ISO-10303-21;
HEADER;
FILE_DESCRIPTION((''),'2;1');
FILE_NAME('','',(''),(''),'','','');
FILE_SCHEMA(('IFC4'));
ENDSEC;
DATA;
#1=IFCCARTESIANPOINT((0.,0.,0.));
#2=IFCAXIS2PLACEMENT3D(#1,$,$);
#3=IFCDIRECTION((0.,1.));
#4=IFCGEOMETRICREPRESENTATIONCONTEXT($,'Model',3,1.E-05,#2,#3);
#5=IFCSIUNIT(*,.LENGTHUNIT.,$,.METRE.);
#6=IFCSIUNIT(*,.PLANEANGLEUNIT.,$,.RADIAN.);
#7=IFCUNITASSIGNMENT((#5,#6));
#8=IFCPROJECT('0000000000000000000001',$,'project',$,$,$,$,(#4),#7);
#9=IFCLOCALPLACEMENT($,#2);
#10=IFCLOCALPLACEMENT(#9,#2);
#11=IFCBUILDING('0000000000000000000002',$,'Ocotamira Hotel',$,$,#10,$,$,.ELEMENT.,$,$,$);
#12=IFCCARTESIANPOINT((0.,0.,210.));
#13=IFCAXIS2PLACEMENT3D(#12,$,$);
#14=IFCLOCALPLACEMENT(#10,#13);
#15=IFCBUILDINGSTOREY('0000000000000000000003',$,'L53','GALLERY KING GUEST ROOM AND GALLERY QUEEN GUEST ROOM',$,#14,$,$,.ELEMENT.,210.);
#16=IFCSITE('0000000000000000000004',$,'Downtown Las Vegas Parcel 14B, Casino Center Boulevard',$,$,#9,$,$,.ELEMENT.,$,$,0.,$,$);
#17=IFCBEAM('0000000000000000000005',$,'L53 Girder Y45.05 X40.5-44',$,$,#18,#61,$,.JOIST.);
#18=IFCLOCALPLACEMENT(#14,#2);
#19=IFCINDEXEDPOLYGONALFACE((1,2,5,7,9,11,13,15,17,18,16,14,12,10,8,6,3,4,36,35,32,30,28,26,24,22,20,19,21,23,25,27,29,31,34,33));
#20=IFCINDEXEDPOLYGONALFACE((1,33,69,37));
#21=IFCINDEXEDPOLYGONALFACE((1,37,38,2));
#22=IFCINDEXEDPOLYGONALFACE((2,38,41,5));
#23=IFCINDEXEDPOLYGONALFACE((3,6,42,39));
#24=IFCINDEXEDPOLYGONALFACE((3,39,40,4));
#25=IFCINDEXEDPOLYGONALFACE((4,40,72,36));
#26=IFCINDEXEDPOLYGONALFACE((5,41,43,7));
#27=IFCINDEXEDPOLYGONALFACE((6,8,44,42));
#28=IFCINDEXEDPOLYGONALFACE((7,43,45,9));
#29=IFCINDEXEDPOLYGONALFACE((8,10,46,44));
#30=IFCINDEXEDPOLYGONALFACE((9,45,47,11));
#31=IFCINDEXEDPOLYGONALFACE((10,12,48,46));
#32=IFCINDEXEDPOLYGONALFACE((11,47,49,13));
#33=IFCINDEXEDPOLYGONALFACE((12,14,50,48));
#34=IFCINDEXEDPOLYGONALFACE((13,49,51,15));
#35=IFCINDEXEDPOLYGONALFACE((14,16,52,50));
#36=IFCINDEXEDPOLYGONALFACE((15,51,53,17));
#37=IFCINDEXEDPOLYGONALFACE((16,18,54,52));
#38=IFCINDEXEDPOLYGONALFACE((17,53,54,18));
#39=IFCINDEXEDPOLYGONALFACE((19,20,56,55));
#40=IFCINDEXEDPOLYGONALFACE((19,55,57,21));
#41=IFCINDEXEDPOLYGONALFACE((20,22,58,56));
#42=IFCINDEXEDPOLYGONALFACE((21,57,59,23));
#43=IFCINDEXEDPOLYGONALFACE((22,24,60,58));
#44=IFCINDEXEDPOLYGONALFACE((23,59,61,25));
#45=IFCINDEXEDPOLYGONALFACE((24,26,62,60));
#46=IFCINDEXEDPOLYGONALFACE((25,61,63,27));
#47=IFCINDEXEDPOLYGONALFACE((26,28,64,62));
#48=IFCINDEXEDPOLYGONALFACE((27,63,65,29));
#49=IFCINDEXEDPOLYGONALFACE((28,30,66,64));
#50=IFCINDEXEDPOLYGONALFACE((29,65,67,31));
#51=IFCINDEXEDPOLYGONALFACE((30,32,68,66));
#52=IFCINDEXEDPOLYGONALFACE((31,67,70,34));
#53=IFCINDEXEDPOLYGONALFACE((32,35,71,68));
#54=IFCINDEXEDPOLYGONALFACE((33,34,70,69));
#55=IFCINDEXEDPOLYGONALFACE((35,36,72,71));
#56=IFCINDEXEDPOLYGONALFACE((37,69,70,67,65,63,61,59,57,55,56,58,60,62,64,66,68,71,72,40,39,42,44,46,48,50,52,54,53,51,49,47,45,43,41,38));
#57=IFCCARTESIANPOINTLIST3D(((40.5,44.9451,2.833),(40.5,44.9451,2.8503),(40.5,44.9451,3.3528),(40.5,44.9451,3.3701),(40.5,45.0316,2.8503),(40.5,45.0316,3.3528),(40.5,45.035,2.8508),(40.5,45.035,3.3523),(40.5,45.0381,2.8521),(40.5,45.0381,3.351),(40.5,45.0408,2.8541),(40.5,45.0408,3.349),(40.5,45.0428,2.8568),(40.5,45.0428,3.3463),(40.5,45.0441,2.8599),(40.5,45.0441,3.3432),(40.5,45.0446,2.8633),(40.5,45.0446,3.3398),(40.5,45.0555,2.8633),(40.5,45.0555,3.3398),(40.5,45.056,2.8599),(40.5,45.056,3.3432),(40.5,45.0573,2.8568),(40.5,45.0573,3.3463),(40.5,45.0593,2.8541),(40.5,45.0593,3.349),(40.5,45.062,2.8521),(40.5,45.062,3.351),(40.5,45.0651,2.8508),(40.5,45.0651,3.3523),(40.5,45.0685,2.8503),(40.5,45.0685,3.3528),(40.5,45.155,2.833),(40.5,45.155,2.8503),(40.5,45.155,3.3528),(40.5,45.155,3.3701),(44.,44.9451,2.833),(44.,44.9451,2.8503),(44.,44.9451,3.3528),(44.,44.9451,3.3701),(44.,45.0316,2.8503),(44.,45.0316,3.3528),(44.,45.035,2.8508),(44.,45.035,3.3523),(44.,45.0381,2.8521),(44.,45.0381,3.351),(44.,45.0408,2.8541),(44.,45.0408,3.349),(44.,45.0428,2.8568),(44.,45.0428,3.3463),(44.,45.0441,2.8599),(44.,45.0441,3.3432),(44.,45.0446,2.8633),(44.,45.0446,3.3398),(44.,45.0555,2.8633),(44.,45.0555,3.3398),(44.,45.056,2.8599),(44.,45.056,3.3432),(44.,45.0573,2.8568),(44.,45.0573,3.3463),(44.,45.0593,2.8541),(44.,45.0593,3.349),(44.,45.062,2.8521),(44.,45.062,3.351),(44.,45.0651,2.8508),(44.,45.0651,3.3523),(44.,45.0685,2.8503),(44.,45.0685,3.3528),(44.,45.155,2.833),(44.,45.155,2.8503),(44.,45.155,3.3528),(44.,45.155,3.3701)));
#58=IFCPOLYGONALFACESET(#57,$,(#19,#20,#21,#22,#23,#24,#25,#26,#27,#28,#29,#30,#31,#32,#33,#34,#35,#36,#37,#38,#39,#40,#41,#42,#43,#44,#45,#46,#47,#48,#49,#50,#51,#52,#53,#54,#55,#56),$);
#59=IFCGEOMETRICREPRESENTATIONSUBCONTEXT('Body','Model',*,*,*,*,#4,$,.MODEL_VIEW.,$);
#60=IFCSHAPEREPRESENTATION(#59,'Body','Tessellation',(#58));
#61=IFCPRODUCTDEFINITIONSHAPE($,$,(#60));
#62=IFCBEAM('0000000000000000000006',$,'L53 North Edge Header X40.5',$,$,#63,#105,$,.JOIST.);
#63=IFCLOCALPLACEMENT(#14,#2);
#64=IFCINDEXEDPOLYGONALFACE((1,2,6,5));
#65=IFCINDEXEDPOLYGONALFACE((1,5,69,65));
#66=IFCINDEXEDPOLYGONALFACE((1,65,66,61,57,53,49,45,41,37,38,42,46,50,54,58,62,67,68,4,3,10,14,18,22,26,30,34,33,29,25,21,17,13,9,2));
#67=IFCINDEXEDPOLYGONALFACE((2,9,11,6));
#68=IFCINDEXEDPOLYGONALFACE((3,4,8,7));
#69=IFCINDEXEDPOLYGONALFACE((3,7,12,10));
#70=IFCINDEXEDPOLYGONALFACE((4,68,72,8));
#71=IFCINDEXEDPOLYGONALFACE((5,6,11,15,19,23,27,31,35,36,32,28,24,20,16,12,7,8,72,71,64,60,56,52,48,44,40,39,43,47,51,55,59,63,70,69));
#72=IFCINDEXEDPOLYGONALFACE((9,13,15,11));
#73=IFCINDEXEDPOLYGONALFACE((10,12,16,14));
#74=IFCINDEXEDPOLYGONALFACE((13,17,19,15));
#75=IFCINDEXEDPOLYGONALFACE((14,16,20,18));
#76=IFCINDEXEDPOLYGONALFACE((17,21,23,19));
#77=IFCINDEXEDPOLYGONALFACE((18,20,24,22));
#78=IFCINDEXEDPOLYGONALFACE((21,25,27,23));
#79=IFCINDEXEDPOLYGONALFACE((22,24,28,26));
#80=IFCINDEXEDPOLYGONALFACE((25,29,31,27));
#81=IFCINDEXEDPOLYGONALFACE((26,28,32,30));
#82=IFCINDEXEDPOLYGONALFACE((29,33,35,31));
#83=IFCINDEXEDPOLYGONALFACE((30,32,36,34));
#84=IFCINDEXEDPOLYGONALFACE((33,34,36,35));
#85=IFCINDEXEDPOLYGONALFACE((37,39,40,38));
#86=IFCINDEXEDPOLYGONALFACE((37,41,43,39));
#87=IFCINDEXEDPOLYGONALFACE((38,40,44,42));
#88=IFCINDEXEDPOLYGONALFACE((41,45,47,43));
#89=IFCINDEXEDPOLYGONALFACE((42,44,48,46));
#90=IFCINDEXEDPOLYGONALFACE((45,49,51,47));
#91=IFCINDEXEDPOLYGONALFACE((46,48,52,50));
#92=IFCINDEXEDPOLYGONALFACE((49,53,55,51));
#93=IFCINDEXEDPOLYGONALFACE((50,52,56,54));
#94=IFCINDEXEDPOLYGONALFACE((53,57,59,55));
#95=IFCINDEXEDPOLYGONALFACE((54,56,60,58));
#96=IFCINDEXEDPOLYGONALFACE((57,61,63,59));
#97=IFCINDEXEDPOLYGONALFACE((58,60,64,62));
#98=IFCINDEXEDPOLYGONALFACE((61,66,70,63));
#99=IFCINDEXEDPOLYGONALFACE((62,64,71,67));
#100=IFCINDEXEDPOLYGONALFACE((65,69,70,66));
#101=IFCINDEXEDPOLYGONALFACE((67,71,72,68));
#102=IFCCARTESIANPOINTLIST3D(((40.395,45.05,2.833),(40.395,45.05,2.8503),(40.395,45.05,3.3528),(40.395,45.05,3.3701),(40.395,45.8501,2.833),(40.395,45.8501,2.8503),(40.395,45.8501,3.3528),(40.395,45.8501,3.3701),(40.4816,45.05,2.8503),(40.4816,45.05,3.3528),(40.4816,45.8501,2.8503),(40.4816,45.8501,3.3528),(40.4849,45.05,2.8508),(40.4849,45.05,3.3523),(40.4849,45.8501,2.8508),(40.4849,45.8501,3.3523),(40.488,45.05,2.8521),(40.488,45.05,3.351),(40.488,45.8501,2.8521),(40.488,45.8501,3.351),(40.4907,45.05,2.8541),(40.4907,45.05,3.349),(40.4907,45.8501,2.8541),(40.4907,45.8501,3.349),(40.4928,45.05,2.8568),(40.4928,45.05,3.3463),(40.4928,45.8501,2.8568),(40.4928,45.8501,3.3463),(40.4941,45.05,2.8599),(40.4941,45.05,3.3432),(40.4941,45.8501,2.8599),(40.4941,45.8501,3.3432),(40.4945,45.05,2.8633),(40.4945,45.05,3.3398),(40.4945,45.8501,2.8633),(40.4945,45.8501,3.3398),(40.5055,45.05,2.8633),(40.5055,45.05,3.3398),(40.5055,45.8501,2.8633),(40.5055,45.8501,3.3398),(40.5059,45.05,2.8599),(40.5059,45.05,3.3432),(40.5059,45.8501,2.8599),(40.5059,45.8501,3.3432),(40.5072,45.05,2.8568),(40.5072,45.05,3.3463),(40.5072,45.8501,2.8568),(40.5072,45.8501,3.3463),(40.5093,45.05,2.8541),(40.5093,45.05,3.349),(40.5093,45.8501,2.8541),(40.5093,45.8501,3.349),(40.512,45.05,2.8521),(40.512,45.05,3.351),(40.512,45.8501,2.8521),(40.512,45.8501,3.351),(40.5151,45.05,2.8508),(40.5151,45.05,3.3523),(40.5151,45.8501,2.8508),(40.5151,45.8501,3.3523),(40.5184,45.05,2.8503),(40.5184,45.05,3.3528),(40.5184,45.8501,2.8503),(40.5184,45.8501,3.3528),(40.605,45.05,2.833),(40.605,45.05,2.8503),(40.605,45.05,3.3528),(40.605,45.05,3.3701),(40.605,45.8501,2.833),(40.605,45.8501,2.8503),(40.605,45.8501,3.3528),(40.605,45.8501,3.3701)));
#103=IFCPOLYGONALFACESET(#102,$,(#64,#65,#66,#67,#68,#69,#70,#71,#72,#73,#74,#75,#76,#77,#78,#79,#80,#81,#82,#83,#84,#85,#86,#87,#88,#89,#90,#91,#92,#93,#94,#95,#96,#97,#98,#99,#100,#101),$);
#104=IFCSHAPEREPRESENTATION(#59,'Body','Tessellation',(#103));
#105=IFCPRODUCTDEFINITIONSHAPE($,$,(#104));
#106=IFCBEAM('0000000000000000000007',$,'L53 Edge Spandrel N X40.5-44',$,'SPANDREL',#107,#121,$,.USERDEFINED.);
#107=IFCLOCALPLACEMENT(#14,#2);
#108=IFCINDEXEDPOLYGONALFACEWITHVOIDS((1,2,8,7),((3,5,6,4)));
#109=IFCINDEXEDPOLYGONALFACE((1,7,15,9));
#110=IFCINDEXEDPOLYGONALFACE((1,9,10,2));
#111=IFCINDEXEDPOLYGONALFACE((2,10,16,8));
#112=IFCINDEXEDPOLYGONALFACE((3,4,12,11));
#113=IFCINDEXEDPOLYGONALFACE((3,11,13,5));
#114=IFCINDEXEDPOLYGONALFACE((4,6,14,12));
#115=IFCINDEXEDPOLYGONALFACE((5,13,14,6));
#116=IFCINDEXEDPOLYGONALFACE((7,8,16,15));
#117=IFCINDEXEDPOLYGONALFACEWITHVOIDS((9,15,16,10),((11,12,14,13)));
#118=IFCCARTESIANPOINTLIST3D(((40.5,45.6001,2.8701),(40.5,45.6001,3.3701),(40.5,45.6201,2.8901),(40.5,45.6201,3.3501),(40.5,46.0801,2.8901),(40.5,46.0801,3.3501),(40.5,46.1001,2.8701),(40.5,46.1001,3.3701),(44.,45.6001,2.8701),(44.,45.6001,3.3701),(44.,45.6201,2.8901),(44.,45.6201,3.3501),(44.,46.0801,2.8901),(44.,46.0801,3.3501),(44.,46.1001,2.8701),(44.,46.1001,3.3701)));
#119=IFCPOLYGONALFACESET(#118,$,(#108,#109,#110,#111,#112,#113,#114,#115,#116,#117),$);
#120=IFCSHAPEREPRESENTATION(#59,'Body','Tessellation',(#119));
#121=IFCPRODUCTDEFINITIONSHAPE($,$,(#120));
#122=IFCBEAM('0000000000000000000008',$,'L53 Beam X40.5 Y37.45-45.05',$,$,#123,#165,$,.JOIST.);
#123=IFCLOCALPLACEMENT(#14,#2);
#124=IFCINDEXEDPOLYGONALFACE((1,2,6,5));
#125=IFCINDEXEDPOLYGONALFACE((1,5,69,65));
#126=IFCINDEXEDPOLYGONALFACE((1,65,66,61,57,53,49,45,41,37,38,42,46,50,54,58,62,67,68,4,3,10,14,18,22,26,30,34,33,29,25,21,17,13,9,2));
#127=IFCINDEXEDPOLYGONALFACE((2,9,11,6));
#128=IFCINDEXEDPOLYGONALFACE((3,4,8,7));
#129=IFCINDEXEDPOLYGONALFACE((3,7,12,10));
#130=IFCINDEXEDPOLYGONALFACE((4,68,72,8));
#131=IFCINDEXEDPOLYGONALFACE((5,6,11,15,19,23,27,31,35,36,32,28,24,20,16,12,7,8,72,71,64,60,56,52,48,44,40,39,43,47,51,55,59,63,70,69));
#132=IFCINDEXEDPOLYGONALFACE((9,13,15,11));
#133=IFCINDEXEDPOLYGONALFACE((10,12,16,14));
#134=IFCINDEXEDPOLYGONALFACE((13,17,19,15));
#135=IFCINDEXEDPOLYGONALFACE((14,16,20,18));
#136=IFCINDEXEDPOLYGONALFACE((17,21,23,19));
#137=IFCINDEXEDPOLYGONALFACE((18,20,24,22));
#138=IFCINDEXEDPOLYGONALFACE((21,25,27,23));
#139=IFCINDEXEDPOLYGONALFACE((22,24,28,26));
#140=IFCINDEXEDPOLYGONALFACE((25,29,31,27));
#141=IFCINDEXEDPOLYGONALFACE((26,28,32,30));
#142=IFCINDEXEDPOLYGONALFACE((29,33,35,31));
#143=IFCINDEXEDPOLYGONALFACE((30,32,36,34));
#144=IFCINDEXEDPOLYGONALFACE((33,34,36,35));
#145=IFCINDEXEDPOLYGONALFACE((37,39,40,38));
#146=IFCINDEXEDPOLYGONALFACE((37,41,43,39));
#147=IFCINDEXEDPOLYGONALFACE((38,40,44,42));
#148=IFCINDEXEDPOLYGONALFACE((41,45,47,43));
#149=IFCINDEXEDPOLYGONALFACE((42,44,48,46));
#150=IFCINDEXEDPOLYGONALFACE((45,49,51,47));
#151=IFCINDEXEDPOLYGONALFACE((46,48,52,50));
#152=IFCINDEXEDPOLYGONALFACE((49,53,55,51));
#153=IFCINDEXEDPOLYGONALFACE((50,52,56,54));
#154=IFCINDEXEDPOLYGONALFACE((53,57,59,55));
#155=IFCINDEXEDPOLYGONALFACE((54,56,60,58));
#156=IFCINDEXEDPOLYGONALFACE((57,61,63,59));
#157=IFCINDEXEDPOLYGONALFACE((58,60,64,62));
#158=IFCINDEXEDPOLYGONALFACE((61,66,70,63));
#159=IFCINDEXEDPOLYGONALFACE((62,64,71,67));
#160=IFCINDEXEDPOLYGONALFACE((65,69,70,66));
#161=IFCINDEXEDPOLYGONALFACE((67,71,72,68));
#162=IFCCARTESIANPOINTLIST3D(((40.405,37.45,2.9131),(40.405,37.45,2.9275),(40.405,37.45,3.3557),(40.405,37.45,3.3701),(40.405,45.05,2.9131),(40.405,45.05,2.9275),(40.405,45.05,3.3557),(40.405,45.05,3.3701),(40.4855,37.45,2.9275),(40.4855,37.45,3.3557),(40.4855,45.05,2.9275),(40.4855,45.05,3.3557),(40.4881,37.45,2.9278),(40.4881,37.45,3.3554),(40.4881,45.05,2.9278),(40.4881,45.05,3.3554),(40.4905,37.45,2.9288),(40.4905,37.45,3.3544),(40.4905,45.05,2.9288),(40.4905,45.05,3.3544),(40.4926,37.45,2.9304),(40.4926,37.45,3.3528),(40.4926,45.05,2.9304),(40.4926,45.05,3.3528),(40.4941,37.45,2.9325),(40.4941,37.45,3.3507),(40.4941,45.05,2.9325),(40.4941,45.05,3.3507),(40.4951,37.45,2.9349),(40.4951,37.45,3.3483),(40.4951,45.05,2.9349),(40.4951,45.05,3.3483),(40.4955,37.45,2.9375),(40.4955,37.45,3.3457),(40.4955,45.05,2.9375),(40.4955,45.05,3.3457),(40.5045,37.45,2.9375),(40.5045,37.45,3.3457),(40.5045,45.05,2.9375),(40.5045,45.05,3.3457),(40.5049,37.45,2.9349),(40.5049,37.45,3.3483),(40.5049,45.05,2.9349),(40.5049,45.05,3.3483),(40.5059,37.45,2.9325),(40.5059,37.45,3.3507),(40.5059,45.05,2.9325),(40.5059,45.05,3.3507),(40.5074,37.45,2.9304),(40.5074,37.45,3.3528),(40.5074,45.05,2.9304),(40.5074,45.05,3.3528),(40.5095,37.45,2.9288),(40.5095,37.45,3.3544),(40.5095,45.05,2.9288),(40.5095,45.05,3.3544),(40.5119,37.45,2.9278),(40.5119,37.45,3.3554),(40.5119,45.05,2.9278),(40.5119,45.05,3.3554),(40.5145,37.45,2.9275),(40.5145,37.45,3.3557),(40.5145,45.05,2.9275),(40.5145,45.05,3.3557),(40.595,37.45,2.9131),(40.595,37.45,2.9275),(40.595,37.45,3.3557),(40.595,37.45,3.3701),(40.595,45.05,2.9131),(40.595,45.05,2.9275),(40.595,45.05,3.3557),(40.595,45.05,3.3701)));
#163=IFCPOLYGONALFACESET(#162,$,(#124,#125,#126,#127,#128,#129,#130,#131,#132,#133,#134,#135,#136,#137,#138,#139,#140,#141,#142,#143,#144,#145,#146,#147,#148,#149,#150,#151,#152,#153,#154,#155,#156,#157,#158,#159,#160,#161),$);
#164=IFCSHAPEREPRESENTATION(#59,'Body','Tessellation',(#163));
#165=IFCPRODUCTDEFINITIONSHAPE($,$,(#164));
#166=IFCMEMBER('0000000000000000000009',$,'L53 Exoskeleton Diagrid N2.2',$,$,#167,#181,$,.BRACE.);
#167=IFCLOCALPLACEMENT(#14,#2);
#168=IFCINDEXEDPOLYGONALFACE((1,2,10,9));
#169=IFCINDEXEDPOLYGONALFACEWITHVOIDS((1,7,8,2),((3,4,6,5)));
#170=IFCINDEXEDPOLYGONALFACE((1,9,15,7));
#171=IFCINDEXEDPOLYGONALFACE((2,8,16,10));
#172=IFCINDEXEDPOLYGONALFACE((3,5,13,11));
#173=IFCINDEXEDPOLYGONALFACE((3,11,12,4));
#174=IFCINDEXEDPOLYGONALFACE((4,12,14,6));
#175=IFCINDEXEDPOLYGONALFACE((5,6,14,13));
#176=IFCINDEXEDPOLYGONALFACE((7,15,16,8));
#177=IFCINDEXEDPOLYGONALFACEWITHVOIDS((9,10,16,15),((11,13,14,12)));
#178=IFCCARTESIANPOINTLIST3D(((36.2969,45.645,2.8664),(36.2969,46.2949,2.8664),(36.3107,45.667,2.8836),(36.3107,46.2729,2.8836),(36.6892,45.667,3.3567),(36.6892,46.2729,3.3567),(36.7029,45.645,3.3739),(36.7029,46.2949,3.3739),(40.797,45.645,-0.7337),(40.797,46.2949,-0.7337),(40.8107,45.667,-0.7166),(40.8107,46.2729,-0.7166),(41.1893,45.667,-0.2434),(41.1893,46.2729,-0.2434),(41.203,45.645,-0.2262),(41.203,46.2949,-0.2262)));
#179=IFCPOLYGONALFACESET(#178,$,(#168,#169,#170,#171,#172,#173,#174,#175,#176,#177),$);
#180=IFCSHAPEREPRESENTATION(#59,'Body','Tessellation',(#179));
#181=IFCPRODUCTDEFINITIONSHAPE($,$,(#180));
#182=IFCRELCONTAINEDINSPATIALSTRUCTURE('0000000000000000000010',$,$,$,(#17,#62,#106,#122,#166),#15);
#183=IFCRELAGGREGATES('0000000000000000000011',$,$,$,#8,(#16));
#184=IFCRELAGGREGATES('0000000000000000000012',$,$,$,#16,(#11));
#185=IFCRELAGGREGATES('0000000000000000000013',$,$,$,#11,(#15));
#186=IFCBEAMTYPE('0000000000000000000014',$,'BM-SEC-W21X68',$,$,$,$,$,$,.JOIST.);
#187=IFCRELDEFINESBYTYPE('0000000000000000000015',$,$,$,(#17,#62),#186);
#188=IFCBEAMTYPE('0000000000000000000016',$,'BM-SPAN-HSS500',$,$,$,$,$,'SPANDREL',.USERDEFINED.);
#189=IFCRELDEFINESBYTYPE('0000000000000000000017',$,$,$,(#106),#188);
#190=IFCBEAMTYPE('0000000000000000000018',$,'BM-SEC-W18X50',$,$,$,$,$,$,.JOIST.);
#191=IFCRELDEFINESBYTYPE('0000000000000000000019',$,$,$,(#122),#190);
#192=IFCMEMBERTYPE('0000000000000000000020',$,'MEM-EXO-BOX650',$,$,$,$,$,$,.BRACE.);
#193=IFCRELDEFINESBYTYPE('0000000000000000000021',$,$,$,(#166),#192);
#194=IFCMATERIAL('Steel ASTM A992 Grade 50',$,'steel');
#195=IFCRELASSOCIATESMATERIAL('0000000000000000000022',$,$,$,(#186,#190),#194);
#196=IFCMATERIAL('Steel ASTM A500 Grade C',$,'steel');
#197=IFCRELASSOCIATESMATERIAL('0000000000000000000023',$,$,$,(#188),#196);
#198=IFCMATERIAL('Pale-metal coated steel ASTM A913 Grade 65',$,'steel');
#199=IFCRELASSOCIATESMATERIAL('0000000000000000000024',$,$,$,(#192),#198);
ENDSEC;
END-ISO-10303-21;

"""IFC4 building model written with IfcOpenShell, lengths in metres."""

from ifc_helpers import new_model, si_unit, direction, frame, origin, origin_2d, place, context, subcontext, project, spatial, hollow_rectangle, i_section, extrude, source, transform, mapped, material, material_profile, profile_set, type_object, element, save


model = new_model("IFC4")

# Units and contexts
model_context = context("Model", 3, precision=1e-05, world=origin(), true_north=direction((0.0, 1.0)))
body_context = subcontext(model_context, "Body", "Model", "MODEL_VIEW")
ifc_project = project(units=[si_unit("LENGTHUNIT", "METRE"), si_unit("PLANEANGLEUNIT", "RADIAN")], contexts=[model_context])

# Site, building, storey
site_placement = place(None, origin())
site = spatial("IfcSite", under=ifc_project, at=site_placement, Name="Downtown Las Vegas Parcel 14B, Casino Center Boulevard", CompositionType="ELEMENT", RefElevation=0.0)
building_placement = place(site_placement, origin())
building = spatial("IfcBuilding", under=site, at=building_placement, Name="Ocotamira Hotel", CompositionType="ELEMENT")
storey_placement = place(building_placement, frame((0.0, 0.0, 210.0)))
storey = spatial("IfcBuildingStorey", under=building, at=storey_placement, Name="L53", Description="GALLERY KING GUEST ROOM AND GALLERY QUEEN GUEST ROOM", CompositionType="ELEMENT", Elevation=210.0)

# Beams
ifc_material_1 = material(Name="Steel ASTM A992 Grade 50", Category="steel")
ifc_material_profile_1 = material_profile(ifc_material_1, i_section(OverallWidth=0.21, OverallDepth=0.5371, WebThickness=0.011, FlangeThickness=0.0173, FilletRadius=0.0129, at=origin_2d()), Name="W21X68")
ifc_profile_set_1 = profile_set([ifc_material_profile_1], Name="Steel ASTM A992 Grade 50")
beam_type_1 = type_object("IfcBeamType", Name="BM-SEC-W21X68", PredefinedType="JOIST", material=ifc_profile_set_1)
shared_shape_1 = source(origin(), body_context, "Body", "SweptSolid", [
    extrude(i_section(OverallWidth=0.21, OverallDepth=0.5371, WebThickness=0.011, FlangeThickness=0.0173, FilletRadius=0.0129, at=origin_2d()), origin(), (0.0, 0.0, 1.0), 3.5),
])
beam_1_placement = place(storey_placement, frame((40.5, 45.05, 3.1016), z_axis=(1.0, 0.0, 0.0), x_axis=(0.0, 1.0, 0.0)))
element("IfcBeam", 1, at=beam_1_placement, inside=storey, type_object=beam_type_1, Name="L53 Girder Y45.05 X40.5-44", PredefinedType="JOIST", context=body_context, shape_type="MappedRepresentation", body=[
    mapped(shared_shape_1, transform((0.0, 0.0, 0.0), scale=1.0)),
])
shared_shape_2 = source(origin(), body_context, "Body", "SweptSolid", [
    extrude(i_section(OverallWidth=0.21, OverallDepth=0.5371, WebThickness=0.011, FlangeThickness=0.0173, FilletRadius=0.0129, at=origin_2d()), origin(), (0.0, 0.0, 1.0), 0.8),
])
beam_2_placement = place(storey_placement, frame((40.5, 45.05, 3.1016), z_axis=(0.0, 1.0, 0.0), x_axis=(-1.0, 0.0, 0.0)))
element("IfcBeam", 2, at=beam_2_placement, inside=storey, type_object=beam_type_1, Name="L53 North Edge Header X40.5", PredefinedType="JOIST", context=body_context, shape_type="MappedRepresentation", body=[
    mapped(shared_shape_2, transform((0.0, 0.0, 0.0), scale=1.0)),
])
ifc_material_2 = material(Name="Steel ASTM A500 Grade C", Category="steel")
ifc_material_profile_2 = material_profile(ifc_material_2, hollow_rectangle(XDim=0.5, YDim=0.5, WallThickness=0.02, at=origin_2d()), Name="HSS500X500X20")
ifc_profile_set_2 = profile_set([ifc_material_profile_2], Name="Steel ASTM A500 Grade C")
beam_type_2 = type_object("IfcBeamType", Name="BM-SPAN-HSS500", ElementType="SPANDREL", PredefinedType="USERDEFINED", material=ifc_profile_set_2)
shared_shape_3 = source(origin(), body_context, "Body", "SweptSolid", [
    extrude(hollow_rectangle(XDim=0.5, YDim=0.5, WallThickness=0.02, at=origin_2d()), origin(), (0.0, 0.0, 1.0), 3.5),
])
beam_3_placement = place(storey_placement, frame((40.5, 45.8501, 3.1201), z_axis=(1.0, 0.0, 0.0), x_axis=(0.0, 1.0, 0.0)))
element("IfcBeam", 3, at=beam_3_placement, inside=storey, type_object=beam_type_2, Name="L53 Edge Spandrel N X40.5-44", ObjectType="SPANDREL", PredefinedType="USERDEFINED", context=body_context, shape_type="MappedRepresentation", body=[
    mapped(shared_shape_3, transform((0.0, 0.0, 0.0), scale=1.0)),
])
ifc_material_profile_3 = material_profile(ifc_material_1, i_section(OverallWidth=0.1899, OverallDepth=0.457, WebThickness=0.009, FlangeThickness=0.0144, FilletRadius=0.01, at=origin_2d()), Name="W18X50")
ifc_profile_set_3 = profile_set([ifc_material_profile_3], Name="Steel ASTM A992 Grade 50")
beam_type_3 = type_object("IfcBeamType", Name="BM-SEC-W18X50", PredefinedType="JOIST", material=ifc_profile_set_3)
shared_shape_4 = source(origin(), body_context, "Body", "SweptSolid", [
    extrude(i_section(OverallWidth=0.1899, OverallDepth=0.457, WebThickness=0.009, FlangeThickness=0.0144, FilletRadius=0.01, at=origin_2d()), origin(), (0.0, 0.0, 1.0), 7.6001),
])
beam_4_placement = place(storey_placement, frame((40.5, 37.45, 3.1416), z_axis=(0.0, 1.0, 0.0), x_axis=(-1.0, 0.0, 0.0)))
element("IfcBeam", 4, at=beam_4_placement, inside=storey, type_object=beam_type_3, Name="L53 Beam X40.5 Y37.45-45.05", PredefinedType="JOIST", context=body_context, shape_type="MappedRepresentation", body=[
    mapped(shared_shape_4, transform((0.0, 0.0, 0.0), scale=1.0)),
])

# Member
ifc_material_3 = material(Name="Pale-metal coated steel ASTM A913 Grade 65", Category="steel")
ifc_material_profile_4 = material_profile(ifc_material_3, hollow_rectangle(XDim=0.6499, YDim=0.6499, WallThickness=0.022, at=origin_2d()), Name="BOX650X650X22")
ifc_profile_set_4 = profile_set([ifc_material_profile_4], Name="Pale-metal coated steel ASTM A913 Grade 65")
member_type_1 = type_object("IfcMemberType", Name="MEM-EXO-BOX650", PredefinedType="BRACE", material=ifc_profile_set_4)
shared_shape_5 = source(origin(), body_context, "Body", "SweptSolid", [
    extrude(hollow_rectangle(XDim=0.6499, YDim=0.6499, WallThickness=0.022, at=origin_2d()), origin(), (0.0, 0.0, 1.0), 5.7629),
])
for number, where, z_axis, x_axis, name in (
    (5, (41.0, 45.97, -0.48), (-0.780861, 0.0, 0.624705), (0.0, -1.0, 0.0), "L53 Exoskeleton Diagrid N2.2"),
):
    element("IfcMember", number, at=place(storey_placement, frame(where, z_axis=z_axis, x_axis=x_axis)), inside=storey, type_object=member_type_1, Name=name, PredefinedType="BRACE", context=body_context, shape_type="MappedRepresentation", body=[
        mapped(shared_shape_5, transform((0.0, 0.0, 0.0), scale=1.0)),
    ])

save(model, "model.ifc")
